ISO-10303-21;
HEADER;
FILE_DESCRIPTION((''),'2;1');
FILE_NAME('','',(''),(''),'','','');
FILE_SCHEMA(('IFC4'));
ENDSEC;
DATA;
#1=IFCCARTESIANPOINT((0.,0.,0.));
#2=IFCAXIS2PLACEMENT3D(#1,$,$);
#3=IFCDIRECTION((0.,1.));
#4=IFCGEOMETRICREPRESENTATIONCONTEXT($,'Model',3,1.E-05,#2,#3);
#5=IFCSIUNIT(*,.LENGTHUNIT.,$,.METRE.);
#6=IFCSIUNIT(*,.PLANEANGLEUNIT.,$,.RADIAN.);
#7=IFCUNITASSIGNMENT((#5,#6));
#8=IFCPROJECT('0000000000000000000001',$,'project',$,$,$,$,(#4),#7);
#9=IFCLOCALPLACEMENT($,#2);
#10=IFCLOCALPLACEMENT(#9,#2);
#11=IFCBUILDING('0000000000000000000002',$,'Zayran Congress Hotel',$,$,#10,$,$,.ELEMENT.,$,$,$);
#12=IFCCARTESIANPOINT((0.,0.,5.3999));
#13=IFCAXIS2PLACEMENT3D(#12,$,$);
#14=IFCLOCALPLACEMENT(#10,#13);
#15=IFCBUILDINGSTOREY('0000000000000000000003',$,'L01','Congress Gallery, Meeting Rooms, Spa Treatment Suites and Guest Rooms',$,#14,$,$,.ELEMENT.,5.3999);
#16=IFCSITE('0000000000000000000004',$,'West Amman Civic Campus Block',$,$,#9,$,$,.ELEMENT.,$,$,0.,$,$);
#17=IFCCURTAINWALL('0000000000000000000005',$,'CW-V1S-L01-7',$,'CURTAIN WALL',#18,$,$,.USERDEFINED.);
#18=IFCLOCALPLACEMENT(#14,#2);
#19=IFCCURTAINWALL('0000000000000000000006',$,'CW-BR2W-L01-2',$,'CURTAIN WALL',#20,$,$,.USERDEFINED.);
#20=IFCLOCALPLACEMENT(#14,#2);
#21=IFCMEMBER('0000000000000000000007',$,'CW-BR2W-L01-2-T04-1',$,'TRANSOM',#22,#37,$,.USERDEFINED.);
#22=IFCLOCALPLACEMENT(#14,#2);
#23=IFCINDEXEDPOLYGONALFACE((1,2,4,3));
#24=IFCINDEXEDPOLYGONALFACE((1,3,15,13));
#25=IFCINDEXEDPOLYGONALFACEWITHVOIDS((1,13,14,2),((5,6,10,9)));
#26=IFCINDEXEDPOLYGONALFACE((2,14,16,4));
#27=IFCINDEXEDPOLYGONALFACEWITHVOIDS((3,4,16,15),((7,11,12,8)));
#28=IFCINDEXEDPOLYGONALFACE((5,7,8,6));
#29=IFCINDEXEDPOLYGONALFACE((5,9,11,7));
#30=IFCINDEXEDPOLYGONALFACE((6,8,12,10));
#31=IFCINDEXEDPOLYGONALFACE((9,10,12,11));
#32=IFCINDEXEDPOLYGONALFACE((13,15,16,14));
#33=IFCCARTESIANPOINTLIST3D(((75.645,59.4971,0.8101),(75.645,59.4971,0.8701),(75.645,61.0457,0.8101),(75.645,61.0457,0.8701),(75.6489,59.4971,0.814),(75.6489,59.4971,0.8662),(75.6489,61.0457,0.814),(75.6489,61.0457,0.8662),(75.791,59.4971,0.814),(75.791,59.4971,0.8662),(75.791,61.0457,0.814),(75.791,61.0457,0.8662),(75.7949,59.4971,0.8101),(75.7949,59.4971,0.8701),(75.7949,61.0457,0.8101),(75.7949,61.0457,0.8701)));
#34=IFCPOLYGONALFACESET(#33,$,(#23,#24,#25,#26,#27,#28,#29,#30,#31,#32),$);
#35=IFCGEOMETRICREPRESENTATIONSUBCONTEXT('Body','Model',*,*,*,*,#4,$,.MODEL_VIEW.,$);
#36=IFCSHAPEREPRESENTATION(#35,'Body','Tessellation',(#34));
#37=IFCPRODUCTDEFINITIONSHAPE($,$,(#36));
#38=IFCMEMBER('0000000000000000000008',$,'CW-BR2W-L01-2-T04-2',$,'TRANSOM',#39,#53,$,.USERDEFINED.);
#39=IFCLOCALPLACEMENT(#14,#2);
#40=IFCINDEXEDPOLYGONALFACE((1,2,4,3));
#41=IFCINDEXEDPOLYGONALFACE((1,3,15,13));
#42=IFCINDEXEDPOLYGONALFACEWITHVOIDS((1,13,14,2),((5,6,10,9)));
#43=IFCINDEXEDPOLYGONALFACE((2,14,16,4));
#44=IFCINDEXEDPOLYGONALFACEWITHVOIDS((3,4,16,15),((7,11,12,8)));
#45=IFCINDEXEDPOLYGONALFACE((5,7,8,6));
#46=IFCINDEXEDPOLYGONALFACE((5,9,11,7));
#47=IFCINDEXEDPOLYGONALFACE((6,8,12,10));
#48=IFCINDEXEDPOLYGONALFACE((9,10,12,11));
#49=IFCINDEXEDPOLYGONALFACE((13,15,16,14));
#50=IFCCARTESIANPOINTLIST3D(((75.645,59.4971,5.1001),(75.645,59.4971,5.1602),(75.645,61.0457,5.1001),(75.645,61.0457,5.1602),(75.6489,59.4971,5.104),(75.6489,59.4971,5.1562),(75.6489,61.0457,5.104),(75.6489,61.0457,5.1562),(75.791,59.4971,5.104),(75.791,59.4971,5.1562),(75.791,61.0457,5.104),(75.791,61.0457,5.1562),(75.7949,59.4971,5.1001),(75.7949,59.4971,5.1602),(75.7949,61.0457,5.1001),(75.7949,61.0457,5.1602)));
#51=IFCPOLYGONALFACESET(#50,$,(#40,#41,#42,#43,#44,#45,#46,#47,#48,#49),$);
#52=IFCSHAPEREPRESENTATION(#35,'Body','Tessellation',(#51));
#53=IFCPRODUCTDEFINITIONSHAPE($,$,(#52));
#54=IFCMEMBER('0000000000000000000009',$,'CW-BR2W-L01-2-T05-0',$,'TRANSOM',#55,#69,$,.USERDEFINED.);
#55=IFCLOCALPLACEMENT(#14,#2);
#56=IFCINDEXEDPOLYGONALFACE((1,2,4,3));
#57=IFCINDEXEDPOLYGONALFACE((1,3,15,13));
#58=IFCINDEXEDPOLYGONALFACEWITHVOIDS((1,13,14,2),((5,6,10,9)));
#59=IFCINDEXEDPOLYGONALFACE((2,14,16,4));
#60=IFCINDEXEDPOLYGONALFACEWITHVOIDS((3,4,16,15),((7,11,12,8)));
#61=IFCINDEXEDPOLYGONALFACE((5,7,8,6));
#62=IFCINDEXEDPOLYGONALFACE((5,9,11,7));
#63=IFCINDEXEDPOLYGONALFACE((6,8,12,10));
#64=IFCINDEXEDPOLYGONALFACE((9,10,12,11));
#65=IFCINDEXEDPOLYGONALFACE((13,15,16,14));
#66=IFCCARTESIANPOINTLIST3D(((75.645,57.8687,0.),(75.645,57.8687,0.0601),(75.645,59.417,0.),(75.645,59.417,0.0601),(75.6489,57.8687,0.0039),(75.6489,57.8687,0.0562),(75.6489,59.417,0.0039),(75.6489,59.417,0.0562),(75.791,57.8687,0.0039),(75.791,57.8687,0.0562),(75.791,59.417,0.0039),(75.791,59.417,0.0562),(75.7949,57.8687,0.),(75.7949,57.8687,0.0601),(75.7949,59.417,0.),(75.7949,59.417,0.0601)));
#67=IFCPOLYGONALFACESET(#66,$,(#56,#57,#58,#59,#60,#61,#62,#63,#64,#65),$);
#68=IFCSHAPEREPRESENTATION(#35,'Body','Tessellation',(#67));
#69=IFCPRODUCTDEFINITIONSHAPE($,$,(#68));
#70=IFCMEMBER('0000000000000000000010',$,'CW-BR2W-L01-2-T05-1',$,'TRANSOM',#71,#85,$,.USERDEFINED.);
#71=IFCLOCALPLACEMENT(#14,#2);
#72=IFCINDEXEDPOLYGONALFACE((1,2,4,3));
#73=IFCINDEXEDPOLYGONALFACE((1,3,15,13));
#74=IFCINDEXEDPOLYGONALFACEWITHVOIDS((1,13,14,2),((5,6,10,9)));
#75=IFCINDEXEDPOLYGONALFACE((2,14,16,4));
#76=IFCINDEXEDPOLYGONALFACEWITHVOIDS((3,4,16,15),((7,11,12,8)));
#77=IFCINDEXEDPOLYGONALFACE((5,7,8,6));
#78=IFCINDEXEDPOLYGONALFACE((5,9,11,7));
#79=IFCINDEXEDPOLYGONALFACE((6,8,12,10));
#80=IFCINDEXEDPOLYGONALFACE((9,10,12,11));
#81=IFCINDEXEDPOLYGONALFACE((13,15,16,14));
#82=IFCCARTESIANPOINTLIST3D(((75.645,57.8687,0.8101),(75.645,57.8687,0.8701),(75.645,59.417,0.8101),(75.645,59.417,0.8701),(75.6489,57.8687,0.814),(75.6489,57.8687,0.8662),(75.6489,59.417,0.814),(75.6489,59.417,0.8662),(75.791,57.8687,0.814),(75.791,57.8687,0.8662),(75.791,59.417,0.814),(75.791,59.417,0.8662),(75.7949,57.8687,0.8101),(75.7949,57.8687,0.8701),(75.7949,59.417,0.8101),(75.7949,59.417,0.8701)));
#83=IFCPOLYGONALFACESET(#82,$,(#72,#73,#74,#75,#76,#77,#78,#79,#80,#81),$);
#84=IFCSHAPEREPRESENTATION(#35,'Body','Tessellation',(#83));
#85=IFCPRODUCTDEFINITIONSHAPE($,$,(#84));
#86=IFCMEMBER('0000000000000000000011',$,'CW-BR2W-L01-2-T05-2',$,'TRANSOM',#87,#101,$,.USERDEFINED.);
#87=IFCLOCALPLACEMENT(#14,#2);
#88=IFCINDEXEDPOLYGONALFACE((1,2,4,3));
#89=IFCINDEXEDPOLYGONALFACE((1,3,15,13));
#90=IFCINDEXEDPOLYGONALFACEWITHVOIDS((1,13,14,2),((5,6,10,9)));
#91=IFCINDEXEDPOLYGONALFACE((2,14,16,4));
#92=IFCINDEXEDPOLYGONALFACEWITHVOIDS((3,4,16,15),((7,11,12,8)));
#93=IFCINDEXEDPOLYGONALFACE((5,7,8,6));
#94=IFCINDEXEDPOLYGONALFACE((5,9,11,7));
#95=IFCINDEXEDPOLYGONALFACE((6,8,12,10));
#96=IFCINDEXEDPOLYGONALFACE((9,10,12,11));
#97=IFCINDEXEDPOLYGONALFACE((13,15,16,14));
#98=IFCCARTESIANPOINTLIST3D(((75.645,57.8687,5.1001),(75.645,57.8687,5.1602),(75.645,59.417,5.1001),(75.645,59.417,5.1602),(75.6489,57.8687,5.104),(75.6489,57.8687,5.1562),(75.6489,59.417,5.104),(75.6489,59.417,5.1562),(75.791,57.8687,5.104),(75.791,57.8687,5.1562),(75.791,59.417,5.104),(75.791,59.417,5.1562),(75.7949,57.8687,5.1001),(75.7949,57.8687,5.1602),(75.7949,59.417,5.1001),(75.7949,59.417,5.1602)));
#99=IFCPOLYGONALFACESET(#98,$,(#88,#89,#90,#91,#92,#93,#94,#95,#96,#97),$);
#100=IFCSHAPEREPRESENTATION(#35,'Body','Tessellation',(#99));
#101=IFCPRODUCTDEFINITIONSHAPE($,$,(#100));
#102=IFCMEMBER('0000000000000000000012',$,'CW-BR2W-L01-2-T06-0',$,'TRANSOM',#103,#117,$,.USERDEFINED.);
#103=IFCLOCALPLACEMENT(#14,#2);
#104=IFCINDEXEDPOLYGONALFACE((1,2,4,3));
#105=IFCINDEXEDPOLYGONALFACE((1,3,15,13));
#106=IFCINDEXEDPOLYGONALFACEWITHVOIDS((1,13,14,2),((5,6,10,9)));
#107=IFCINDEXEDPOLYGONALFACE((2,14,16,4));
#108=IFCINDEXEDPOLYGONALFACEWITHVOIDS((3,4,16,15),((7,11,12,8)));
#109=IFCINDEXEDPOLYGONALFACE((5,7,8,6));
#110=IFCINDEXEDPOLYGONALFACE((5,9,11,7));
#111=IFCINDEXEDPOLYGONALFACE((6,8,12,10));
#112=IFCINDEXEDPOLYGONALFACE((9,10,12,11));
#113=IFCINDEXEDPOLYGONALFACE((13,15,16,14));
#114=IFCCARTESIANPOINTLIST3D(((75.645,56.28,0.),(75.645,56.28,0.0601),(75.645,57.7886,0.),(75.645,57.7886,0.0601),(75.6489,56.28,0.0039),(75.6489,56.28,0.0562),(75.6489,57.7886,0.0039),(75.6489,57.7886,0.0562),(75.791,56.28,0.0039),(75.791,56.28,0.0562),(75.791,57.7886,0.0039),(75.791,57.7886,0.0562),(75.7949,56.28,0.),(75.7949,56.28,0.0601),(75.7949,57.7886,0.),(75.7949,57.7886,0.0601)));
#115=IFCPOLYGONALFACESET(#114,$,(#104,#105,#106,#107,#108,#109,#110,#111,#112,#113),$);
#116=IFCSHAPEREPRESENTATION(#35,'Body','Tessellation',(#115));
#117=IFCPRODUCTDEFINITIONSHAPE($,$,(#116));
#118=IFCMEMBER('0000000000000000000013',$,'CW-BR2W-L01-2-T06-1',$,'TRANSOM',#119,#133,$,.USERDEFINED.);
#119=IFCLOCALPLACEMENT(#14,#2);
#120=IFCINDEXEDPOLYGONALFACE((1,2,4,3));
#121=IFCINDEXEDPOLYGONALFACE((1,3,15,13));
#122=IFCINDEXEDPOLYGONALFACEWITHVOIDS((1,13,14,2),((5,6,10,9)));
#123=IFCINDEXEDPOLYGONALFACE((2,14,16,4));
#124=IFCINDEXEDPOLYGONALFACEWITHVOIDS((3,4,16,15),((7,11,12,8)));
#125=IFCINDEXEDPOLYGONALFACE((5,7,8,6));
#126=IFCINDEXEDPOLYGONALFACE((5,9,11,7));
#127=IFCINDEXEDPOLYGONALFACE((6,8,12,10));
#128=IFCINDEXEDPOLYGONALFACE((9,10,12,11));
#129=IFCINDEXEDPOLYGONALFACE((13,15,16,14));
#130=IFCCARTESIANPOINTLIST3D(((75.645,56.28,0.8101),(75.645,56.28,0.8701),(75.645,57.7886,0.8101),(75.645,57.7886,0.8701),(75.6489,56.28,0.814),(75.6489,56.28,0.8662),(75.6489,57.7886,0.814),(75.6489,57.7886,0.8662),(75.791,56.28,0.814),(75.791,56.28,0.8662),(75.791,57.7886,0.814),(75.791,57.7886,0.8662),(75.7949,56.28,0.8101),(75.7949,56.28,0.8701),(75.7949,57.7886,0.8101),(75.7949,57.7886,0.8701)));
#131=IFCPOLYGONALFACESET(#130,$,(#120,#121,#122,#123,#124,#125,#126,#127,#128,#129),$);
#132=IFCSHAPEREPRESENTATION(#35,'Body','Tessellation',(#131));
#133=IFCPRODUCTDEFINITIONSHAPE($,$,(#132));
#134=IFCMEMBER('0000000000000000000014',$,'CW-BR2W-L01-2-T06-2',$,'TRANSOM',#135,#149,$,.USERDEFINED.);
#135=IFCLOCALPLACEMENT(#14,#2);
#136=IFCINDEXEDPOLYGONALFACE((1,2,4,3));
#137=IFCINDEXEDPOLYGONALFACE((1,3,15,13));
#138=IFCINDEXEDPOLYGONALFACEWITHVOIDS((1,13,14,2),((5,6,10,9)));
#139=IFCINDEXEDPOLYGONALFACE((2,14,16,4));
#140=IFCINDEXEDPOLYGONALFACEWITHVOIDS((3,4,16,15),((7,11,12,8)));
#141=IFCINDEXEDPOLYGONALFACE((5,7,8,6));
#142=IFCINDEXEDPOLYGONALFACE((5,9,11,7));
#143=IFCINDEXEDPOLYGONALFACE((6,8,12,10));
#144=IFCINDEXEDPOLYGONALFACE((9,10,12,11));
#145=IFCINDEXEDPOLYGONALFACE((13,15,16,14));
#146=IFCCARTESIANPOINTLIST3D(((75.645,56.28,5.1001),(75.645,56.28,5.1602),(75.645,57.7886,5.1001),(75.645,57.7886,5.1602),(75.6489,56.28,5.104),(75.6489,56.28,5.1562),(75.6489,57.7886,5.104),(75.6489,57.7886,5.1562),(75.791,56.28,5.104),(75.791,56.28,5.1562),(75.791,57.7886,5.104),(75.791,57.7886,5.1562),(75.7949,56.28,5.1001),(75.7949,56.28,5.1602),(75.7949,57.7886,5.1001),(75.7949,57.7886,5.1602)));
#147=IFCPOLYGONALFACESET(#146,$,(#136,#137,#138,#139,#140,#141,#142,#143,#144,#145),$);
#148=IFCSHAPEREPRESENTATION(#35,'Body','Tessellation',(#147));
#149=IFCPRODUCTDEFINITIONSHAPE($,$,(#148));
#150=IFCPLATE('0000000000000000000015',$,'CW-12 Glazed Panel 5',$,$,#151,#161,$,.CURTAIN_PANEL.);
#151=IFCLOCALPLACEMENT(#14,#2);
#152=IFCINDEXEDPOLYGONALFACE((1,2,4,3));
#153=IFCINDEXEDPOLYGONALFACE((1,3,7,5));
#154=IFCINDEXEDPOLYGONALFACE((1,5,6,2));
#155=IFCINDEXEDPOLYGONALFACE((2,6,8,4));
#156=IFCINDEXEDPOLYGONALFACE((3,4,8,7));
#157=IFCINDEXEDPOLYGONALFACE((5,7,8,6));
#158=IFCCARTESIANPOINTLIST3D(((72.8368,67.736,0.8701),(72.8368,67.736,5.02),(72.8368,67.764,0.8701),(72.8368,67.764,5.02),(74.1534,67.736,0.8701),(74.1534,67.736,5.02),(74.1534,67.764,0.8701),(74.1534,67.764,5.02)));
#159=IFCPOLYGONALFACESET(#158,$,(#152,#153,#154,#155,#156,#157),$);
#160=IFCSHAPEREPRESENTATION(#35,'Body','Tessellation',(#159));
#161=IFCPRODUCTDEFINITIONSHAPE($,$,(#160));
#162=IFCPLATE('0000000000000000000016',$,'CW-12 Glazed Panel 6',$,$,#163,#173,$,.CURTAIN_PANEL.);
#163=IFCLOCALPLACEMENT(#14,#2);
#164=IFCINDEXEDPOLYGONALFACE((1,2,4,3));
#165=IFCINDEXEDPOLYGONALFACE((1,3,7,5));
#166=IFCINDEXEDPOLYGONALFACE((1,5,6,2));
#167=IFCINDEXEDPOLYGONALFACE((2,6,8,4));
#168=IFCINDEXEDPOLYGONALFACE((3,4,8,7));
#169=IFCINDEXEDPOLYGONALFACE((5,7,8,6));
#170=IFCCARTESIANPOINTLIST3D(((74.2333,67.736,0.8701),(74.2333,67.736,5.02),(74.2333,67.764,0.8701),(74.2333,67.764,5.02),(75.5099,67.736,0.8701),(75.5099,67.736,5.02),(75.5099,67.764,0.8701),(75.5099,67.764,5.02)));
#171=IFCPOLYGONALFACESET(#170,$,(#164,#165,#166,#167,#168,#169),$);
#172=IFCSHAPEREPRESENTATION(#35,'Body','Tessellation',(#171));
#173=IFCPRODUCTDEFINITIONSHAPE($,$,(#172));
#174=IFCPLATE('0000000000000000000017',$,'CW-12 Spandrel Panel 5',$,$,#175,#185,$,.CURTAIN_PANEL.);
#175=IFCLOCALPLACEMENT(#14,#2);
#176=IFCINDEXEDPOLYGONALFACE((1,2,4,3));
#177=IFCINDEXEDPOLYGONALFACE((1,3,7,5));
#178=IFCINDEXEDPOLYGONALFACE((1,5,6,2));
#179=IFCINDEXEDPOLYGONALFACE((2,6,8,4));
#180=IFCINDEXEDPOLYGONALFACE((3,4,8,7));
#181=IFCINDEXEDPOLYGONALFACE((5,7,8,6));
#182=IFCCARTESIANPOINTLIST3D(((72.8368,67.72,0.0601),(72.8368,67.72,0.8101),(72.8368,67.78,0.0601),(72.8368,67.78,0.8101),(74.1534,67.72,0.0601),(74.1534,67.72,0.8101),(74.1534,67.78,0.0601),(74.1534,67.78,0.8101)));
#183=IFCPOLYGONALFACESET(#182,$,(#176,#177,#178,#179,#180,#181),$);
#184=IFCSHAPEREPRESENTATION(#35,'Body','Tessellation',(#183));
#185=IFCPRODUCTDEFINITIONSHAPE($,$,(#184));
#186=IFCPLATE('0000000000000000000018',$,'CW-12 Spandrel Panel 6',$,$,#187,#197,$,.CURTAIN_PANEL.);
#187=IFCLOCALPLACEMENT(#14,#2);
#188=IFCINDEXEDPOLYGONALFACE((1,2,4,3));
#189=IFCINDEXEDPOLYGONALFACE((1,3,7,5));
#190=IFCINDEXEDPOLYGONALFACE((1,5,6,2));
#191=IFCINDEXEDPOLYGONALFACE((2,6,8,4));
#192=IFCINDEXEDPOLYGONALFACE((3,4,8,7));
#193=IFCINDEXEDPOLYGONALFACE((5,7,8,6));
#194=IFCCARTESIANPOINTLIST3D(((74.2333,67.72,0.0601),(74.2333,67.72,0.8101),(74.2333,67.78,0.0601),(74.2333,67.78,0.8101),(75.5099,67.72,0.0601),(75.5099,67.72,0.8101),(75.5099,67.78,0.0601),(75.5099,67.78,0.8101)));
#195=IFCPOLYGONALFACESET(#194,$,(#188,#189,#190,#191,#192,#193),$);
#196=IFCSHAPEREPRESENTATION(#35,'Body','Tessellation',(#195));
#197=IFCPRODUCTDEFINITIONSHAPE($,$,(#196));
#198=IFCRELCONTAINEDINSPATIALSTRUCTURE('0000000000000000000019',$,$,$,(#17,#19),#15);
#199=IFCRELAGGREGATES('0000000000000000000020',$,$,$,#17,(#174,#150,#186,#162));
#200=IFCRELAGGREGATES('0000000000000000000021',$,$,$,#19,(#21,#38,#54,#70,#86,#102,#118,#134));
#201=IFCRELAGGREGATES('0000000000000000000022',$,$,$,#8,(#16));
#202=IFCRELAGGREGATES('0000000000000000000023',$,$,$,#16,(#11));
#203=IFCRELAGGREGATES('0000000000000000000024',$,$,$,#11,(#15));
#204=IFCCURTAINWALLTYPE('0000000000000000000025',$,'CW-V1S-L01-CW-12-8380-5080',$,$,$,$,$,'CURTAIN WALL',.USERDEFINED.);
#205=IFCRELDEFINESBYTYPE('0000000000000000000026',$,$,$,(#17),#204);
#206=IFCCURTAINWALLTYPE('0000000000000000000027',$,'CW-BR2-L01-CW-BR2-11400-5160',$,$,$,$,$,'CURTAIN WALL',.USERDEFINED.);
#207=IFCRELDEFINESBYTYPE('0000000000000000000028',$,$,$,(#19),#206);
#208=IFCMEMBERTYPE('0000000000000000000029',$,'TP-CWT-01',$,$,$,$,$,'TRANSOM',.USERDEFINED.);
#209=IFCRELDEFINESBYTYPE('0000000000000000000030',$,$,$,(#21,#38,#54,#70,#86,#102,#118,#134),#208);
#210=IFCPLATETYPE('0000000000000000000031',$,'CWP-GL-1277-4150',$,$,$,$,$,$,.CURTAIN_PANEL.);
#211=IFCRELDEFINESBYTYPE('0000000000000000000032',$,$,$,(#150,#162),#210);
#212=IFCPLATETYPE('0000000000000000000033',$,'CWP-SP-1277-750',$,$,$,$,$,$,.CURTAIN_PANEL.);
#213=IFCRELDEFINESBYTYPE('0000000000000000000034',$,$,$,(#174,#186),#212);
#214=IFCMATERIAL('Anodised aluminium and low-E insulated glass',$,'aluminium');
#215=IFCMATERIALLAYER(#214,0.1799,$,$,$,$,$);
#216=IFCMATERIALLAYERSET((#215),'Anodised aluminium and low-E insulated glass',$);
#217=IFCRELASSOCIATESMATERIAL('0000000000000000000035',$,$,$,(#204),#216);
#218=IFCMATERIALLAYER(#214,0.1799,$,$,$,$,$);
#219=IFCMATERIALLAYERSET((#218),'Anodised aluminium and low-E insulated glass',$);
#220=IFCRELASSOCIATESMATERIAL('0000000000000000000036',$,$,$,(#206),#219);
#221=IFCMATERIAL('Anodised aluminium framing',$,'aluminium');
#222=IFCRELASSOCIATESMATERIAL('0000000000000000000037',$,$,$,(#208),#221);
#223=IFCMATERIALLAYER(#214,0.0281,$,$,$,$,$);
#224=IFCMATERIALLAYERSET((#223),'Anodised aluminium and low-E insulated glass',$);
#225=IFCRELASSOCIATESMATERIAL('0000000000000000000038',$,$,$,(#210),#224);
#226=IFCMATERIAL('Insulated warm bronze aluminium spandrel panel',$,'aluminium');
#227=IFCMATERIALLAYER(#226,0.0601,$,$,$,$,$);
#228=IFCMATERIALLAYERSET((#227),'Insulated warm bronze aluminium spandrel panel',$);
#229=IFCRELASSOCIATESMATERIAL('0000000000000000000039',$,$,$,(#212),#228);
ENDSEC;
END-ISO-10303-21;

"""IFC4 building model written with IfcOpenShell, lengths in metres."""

from ifc_helpers import new_model, si_unit, direction, frame, origin, origin_2d, place, context, subcontext, project, spatial, rectangle, hollow_rectangle, extrude, material, layer, layer_set, material_profile, profile_set, type_object, element, aggregate, save


model = new_model("IFC4")

# Units and contexts
model_context = context("Model", 3, precision=1e-05, world=origin(), true_north=direction((0.0, 1.0)))
body_context = subcontext(model_context, "Body", "Model", "MODEL_VIEW")
ifc_project = project(units=[si_unit("LENGTHUNIT", "METRE"), si_unit("PLANEANGLEUNIT", "RADIAN")], contexts=[model_context])

# Site, building, storey
site_placement = place(None, origin())
site = spatial("IfcSite", under=ifc_project, at=site_placement, Name="West Amman Civic Campus Block", CompositionType="ELEMENT", RefElevation=0.0)
building_placement = place(site_placement, origin())
building = spatial("IfcBuilding", under=site, at=building_placement, Name="Zayran Congress Hotel", CompositionType="ELEMENT")
storey_placement = place(building_placement, frame((0.0, 0.0, 5.3999)))
storey = spatial("IfcBuildingStorey", under=building, at=storey_placement, Name="L01", Description="Congress Gallery, Meeting Rooms, Spa Treatment Suites and Guest Rooms", CompositionType="ELEMENT", Elevation=5.3999)

# Curtain walls
ifc_material_1 = material(Name="Anodised aluminium and low-E insulated glass", Category="aluminium")
ifc_layer_1 = layer(ifc_material_1, 0.1799)
ifc_layer_set_1 = layer_set([ifc_layer_1], Name="Anodised aluminium and low-E insulated glass")
curtain_wall_type_1 = type_object("IfcCurtainWallType", Name="CW-V1S-L01-CW-12-8380-5080", ElementType="CURTAIN WALL", PredefinedType="USERDEFINED", material=ifc_layer_set_1)
curtain_wall_1_placement = place(storey_placement, origin())
curtain_wall_1 = element("IfcCurtainWall", 1, at=curtain_wall_1_placement, inside=storey, type_object=curtain_wall_type_1, Name="CW-V1S-L01-7", ObjectType="CURTAIN WALL", PredefinedType="USERDEFINED")
ifc_material_2 = material(Name="Anodised aluminium framing", Category="aluminium")
ifc_layer_2 = layer(ifc_material_1, 0.1799)
ifc_layer_set_2 = layer_set([ifc_layer_2], Name="Anodised aluminium and low-E insulated glass")
curtain_wall_type_2 = type_object("IfcCurtainWallType", Name="CW-BR2-L01-CW-BR2-11400-5160", ElementType="CURTAIN WALL", PredefinedType="USERDEFINED", material=ifc_layer_set_2)
curtain_wall_2_placement = place(storey_placement, origin())
curtain_wall_2 = element("IfcCurtainWall", 2, at=curtain_wall_2_placement, inside=storey, type_object=curtain_wall_type_2, Name="CW-BR2W-L01-2", ObjectType="CURTAIN WALL", PredefinedType="USERDEFINED")

# Members
ifc_material_profile_1 = material_profile(ifc_material_2, hollow_rectangle(XDim=0.0601, YDim=0.1499, WallThickness=0.0039, at=origin_2d()), Name="RHS 150x60x4")
ifc_profile_set_1 = profile_set([ifc_material_profile_1], Name="Anodised aluminium framing")
member_type_1 = type_object("IfcMemberType", Name="TP-CWT-01", ElementType="TRANSOM", PredefinedType="USERDEFINED", material=ifc_profile_set_1)
member_1_placement = place(storey_placement, frame((75.72, 61.0457, 0.8401), z_axis=(0.0, -1.0, 0.0), x_axis=(0.0, 0.0, 1.0)))
member_1 = element("IfcMember", 3, at=member_1_placement, type_object=member_type_1, Name="CW-BR2W-L01-2-T04-1", ObjectType="TRANSOM", PredefinedType="USERDEFINED", context=body_context, shape_type="SweptSolid", body=[
    extrude(hollow_rectangle(XDim=0.0601, YDim=0.1499, WallThickness=0.0039, at=origin_2d()), origin(), (0.0, 0.0, 1.0), 1.5486),
])
member_2_placement = place(storey_placement, frame((75.72, 61.0457, 5.1301), z_axis=(0.0, -1.0, 0.0), x_axis=(0.0, 0.0, 1.0)))
member_2 = element("IfcMember", 4, at=member_2_placement, type_object=member_type_1, Name="CW-BR2W-L01-2-T04-2", ObjectType="TRANSOM", PredefinedType="USERDEFINED", context=body_context, shape_type="SweptSolid", body=[
    extrude(hollow_rectangle(XDim=0.0601, YDim=0.1499, WallThickness=0.0039, at=origin_2d()), origin(), (0.0, 0.0, 1.0), 1.5486),
])
member_3_placement = place(storey_placement, frame((75.72, 59.417, 0.03), z_axis=(0.0, -1.0, 0.0), x_axis=(0.0, 0.0, 1.0)))
member_3 = element("IfcMember", 5, at=member_3_placement, type_object=member_type_1, Name="CW-BR2W-L01-2-T05-0", ObjectType="TRANSOM", PredefinedType="USERDEFINED", context=body_context, shape_type="SweptSolid", body=[
    extrude(hollow_rectangle(XDim=0.0601, YDim=0.1499, WallThickness=0.0039, at=origin_2d()), origin(), (0.0, 0.0, 1.0), 1.5483),
])
member_4_placement = place(storey_placement, frame((75.72, 59.417, 0.8401), z_axis=(0.0, -1.0, 0.0), x_axis=(0.0, 0.0, 1.0)))
member_4 = element("IfcMember", 6, at=member_4_placement, type_object=member_type_1, Name="CW-BR2W-L01-2-T05-1", ObjectType="TRANSOM", PredefinedType="USERDEFINED", context=body_context, shape_type="SweptSolid", body=[
    extrude(hollow_rectangle(XDim=0.0601, YDim=0.1499, WallThickness=0.0039, at=origin_2d()), origin(), (0.0, 0.0, 1.0), 1.5483),
])
member_5_placement = place(storey_placement, frame((75.72, 59.417, 5.1301), z_axis=(0.0, -1.0, 0.0), x_axis=(0.0, 0.0, 1.0)))
member_5 = element("IfcMember", 7, at=member_5_placement, type_object=member_type_1, Name="CW-BR2W-L01-2-T05-2", ObjectType="TRANSOM", PredefinedType="USERDEFINED", context=body_context, shape_type="SweptSolid", body=[
    extrude(hollow_rectangle(XDim=0.0601, YDim=0.1499, WallThickness=0.0039, at=origin_2d()), origin(), (0.0, 0.0, 1.0), 1.5483),
])
member_6_placement = place(storey_placement, frame((75.72, 57.7886, 0.03), z_axis=(0.0, -1.0, 0.0), x_axis=(0.0, 0.0, 1.0)))
member_6 = element("IfcMember", 8, at=member_6_placement, type_object=member_type_1, Name="CW-BR2W-L01-2-T06-0", ObjectType="TRANSOM", PredefinedType="USERDEFINED", context=body_context, shape_type="SweptSolid", body=[
    extrude(hollow_rectangle(XDim=0.0601, YDim=0.1499, WallThickness=0.0039, at=origin_2d()), origin(), (0.0, 0.0, 1.0), 1.5085),
])
member_7_placement = place(storey_placement, frame((75.72, 57.7886, 0.8401), z_axis=(0.0, -1.0, 0.0), x_axis=(0.0, 0.0, 1.0)))
member_7 = element("IfcMember", 9, at=member_7_placement, type_object=member_type_1, Name="CW-BR2W-L01-2-T06-1", ObjectType="TRANSOM", PredefinedType="USERDEFINED", context=body_context, shape_type="SweptSolid", body=[
    extrude(hollow_rectangle(XDim=0.0601, YDim=0.1499, WallThickness=0.0039, at=origin_2d()), origin(), (0.0, 0.0, 1.0), 1.5085),
])
member_8_placement = place(storey_placement, frame((75.72, 57.7886, 5.1301), z_axis=(0.0, -1.0, 0.0), x_axis=(0.0, 0.0, 1.0)))
member_8 = element("IfcMember", 10, at=member_8_placement, type_object=member_type_1, Name="CW-BR2W-L01-2-T06-2", ObjectType="TRANSOM", PredefinedType="USERDEFINED", context=body_context, shape_type="SweptSolid", body=[
    extrude(hollow_rectangle(XDim=0.0601, YDim=0.1499, WallThickness=0.0039, at=origin_2d()), origin(), (0.0, 0.0, 1.0), 1.5085),
])

# Plates
ifc_layer_3 = layer(ifc_material_1, 0.0281)
ifc_layer_set_3 = layer_set([ifc_layer_3], Name="Anodised aluminium and low-E insulated glass")
plate_type_1 = type_object("IfcPlateType", Name="CWP-GL-1277-4150", PredefinedType="CURTAIN_PANEL", material=ifc_layer_set_3)
plate_1_placement = place(storey_placement, frame((73.4951, 67.75, 0.8701), z_axis=(0.0, 0.0, 1.0), x_axis=(1.0, 0.0, 0.0)))
plate_1 = element("IfcPlate", 11, at=plate_1_placement, type_object=plate_type_1, Name="CW-12 Glazed Panel 5", PredefinedType="CURTAIN_PANEL", context=body_context, shape_type="SweptSolid", body=[
    extrude(rectangle(XDim=1.3167, YDim=0.0281, at=origin_2d()), origin(), (0.0, 0.0, 1.0), 4.1499),
])
plate_2_placement = place(storey_placement, frame((74.8716, 67.75, 0.8701), z_axis=(0.0, 0.0, 1.0), x_axis=(1.0, 0.0, 0.0)))
plate_2 = element("IfcPlate", 12, at=plate_2_placement, type_object=plate_type_1, Name="CW-12 Glazed Panel 6", PredefinedType="CURTAIN_PANEL", context=body_context, shape_type="SweptSolid", body=[
    extrude(rectangle(XDim=1.2766, YDim=0.0281, at=origin_2d()), origin(), (0.0, 0.0, 1.0), 4.1499),
])
ifc_material_3 = material(Name="Insulated warm bronze aluminium spandrel panel", Category="aluminium")
ifc_layer_4 = layer(ifc_material_3, 0.0601)
ifc_layer_set_4 = layer_set([ifc_layer_4], Name="Insulated warm bronze aluminium spandrel panel")
plate_type_2 = type_object("IfcPlateType", Name="CWP-SP-1277-750", PredefinedType="CURTAIN_PANEL", material=ifc_layer_set_4)
plate_3_placement = place(storey_placement, frame((73.4951, 67.75, 0.0601), z_axis=(0.0, 0.0, 1.0), x_axis=(1.0, 0.0, 0.0)))
plate_3 = element("IfcPlate", 13, at=plate_3_placement, type_object=plate_type_2, Name="CW-12 Spandrel Panel 5", PredefinedType="CURTAIN_PANEL", context=body_context, shape_type="SweptSolid", body=[
    extrude(rectangle(XDim=1.3167, YDim=0.0601, at=origin_2d()), origin(), (0.0, 0.0, 1.0), 0.75),
])
plate_4_placement = place(storey_placement, frame((74.8716, 67.75, 0.0601), z_axis=(0.0, 0.0, 1.0), x_axis=(1.0, 0.0, 0.0)))
plate_4 = element("IfcPlate", 14, at=plate_4_placement, type_object=plate_type_2, Name="CW-12 Spandrel Panel 6", PredefinedType="CURTAIN_PANEL", context=body_context, shape_type="SweptSolid", body=[
    extrude(rectangle(XDim=1.2766, YDim=0.0601, at=origin_2d()), origin(), (0.0, 0.0, 1.0), 0.75),
])
aggregate(curtain_wall_1, [plate_3, plate_1, plate_4, plate_2])
aggregate(curtain_wall_2, [member_1, member_2, member_3, member_4, member_5, member_6, member_7, member_8])

save(model, "model.ifc")
